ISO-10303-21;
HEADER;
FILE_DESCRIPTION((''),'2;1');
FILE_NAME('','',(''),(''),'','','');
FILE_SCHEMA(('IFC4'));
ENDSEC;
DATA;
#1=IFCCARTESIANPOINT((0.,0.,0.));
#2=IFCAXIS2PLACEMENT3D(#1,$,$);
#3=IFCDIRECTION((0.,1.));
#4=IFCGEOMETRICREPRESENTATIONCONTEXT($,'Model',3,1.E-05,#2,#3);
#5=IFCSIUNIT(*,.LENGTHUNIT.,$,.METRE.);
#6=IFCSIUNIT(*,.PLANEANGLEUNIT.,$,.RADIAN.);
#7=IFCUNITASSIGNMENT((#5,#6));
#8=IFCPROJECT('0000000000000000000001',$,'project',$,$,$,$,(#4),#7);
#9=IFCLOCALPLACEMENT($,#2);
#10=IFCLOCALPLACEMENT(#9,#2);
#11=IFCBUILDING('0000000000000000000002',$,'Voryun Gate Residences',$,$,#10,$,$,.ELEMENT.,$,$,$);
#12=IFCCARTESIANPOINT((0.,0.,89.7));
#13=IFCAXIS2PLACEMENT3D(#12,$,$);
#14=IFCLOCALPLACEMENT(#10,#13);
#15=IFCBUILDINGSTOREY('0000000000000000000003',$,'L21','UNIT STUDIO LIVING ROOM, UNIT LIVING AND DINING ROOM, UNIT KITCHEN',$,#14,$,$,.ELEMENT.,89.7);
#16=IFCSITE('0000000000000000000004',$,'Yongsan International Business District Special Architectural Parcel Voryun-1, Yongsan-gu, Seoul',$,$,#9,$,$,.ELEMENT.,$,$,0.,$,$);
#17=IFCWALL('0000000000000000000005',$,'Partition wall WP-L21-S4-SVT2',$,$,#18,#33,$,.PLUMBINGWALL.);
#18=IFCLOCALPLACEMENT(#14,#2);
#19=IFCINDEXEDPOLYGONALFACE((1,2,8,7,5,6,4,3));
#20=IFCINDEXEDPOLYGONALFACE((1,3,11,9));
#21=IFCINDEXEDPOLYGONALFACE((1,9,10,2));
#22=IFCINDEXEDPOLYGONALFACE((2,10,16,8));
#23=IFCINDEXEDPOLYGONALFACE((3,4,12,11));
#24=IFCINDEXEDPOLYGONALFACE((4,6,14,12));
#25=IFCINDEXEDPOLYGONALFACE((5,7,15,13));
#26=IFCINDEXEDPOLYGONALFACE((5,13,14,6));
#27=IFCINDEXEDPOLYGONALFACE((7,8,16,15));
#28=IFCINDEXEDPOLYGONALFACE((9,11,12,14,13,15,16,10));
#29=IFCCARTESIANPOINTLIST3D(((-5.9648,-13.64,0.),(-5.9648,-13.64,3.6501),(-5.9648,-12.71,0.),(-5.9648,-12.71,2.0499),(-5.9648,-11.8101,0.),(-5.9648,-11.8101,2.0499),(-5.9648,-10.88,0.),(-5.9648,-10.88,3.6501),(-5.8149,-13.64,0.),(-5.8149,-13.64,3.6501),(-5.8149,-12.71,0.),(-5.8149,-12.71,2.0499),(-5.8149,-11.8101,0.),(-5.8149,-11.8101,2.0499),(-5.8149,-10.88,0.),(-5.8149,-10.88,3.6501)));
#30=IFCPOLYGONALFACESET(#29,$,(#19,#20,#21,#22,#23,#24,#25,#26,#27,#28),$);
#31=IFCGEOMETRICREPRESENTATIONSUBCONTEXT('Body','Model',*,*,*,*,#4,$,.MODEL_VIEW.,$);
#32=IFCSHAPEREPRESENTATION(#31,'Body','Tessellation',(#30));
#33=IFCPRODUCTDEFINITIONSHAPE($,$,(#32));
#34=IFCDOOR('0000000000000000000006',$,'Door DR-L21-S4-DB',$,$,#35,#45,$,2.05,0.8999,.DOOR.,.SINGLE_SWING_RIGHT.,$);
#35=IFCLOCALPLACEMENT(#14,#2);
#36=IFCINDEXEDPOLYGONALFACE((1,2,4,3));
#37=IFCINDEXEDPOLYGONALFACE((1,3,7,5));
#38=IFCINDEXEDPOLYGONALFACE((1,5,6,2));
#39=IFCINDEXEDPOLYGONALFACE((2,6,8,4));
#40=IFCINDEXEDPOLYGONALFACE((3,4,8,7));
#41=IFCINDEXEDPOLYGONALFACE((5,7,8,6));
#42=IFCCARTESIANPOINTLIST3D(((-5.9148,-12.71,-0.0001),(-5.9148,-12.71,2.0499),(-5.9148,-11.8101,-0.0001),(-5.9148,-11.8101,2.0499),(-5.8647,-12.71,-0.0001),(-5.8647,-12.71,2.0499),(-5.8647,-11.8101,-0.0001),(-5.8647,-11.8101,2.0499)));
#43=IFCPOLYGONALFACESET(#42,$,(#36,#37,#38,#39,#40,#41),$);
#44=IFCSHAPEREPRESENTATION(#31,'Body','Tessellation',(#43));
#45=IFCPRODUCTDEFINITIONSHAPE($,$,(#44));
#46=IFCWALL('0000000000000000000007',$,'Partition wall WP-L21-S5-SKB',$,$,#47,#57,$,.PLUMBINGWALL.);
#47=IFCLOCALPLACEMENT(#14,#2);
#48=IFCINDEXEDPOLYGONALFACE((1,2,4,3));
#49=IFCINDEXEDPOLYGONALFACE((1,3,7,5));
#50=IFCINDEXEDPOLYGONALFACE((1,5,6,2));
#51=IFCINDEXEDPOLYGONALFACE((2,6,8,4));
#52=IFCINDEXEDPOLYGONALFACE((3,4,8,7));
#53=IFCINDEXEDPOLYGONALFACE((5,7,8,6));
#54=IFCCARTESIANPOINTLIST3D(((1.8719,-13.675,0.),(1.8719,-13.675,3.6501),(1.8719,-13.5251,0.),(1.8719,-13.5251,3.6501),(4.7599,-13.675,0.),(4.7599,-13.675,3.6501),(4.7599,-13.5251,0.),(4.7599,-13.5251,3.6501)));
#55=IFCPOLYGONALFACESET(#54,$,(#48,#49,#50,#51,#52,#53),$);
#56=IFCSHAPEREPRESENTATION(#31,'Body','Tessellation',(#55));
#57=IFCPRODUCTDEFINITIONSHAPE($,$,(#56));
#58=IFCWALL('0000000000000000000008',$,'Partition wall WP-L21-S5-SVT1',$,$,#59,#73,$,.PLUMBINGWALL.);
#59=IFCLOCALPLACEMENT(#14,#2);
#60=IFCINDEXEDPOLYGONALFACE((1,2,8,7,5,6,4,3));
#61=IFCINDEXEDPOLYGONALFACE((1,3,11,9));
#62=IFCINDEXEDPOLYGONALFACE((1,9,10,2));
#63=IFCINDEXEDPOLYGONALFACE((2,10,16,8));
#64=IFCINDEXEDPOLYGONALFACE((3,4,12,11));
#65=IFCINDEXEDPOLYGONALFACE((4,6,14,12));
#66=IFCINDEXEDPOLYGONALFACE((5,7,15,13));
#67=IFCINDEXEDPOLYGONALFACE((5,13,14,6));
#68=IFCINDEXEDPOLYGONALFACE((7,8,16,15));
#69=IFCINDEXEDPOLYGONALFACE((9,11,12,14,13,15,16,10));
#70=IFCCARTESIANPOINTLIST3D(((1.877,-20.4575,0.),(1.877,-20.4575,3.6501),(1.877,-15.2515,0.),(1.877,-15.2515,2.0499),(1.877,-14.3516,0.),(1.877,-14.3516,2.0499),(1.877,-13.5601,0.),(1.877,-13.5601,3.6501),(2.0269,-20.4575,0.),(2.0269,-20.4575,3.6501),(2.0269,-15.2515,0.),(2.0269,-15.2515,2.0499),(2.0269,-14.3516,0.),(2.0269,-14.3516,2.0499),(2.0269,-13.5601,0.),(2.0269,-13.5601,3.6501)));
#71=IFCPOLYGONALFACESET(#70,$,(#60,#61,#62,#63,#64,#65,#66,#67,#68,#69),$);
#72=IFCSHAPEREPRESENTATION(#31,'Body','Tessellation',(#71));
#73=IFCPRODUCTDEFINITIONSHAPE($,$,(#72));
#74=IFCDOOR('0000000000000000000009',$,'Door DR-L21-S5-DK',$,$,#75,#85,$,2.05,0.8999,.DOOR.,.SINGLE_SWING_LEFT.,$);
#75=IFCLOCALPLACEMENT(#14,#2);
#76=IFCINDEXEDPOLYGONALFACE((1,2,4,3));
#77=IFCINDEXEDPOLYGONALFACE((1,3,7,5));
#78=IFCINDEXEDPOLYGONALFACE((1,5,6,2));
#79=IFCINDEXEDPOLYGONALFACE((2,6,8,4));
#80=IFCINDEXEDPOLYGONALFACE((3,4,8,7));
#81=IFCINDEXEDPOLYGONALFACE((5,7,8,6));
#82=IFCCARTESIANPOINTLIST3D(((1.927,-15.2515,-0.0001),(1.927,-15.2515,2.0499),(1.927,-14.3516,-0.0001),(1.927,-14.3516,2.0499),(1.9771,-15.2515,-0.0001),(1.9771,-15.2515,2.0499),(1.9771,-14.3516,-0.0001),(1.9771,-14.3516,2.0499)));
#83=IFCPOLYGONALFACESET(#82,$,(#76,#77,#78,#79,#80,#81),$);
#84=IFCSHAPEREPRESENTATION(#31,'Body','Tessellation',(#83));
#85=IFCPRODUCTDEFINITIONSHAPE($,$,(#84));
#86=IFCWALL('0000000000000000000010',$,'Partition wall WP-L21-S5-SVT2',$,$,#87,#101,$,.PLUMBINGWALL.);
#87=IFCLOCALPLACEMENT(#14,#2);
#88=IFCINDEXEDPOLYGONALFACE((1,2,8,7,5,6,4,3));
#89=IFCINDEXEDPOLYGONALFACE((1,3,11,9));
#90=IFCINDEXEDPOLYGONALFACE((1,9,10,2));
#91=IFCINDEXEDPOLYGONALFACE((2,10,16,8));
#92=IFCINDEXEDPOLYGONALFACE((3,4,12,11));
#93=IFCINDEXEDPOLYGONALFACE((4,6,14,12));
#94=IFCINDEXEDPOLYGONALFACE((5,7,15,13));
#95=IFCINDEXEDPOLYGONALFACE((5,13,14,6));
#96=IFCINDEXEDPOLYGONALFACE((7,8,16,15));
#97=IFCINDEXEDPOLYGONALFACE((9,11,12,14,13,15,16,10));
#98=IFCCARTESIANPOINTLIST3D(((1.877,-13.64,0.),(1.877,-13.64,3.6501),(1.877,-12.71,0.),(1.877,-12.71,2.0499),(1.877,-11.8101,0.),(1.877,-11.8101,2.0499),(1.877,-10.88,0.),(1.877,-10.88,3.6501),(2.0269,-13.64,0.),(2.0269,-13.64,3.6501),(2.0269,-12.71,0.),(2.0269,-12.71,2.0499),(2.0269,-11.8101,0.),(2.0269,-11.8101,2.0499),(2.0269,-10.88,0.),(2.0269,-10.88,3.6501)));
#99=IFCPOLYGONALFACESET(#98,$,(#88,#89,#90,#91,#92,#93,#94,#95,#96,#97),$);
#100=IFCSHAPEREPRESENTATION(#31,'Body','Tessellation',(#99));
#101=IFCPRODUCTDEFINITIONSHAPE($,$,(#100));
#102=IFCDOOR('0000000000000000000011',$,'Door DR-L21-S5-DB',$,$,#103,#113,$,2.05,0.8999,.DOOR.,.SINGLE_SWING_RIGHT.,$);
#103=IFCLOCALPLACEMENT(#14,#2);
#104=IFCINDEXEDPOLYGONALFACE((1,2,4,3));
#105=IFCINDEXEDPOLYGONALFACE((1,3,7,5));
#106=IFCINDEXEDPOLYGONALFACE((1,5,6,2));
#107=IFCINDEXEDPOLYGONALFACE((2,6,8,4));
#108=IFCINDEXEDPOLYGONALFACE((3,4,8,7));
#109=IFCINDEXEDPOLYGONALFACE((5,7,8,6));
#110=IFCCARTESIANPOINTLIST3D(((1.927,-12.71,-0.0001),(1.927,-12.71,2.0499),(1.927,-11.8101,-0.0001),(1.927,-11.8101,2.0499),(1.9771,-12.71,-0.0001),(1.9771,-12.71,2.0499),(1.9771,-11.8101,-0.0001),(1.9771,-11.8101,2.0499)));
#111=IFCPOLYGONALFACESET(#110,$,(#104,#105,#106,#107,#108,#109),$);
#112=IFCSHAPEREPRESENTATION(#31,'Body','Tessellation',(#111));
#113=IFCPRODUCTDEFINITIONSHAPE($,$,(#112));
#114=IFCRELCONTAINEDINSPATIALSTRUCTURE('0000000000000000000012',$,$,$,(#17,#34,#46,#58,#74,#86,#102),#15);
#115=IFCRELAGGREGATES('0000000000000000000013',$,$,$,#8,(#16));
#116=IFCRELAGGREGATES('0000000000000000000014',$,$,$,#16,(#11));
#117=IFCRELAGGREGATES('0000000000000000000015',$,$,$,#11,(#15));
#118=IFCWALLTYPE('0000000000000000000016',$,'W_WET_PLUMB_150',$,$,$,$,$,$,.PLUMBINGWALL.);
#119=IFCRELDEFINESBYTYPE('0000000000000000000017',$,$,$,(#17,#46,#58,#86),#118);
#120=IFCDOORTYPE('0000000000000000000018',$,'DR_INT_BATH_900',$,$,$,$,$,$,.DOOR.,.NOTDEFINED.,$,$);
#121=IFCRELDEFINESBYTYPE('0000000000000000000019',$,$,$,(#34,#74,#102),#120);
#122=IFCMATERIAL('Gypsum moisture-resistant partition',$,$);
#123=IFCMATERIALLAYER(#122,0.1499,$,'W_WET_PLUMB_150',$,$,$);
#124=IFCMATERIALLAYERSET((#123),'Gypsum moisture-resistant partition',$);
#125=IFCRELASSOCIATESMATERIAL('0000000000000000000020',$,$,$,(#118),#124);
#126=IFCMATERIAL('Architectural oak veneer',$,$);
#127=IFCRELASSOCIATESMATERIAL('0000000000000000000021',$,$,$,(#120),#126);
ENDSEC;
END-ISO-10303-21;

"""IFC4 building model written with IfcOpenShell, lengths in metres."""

from ifc_helpers import new_model, si_unit, direction, frame, frame_2d, origin, place, context, subcontext, project, spatial, rectangle, extrude, material, layer, layer_set, type_object, element, fill, save


model = new_model("IFC4")

# Units and contexts
model_context = context("Model", 3, precision=1e-05, world=origin(), true_north=direction((0.0, 1.0)))
body_context = subcontext(model_context, "Body", "Model", "MODEL_VIEW")
ifc_project = project(units=[si_unit("LENGTHUNIT", "METRE"), si_unit("PLANEANGLEUNIT", "RADIAN")], contexts=[model_context])

# Site, building, storey
site_placement = place(None, origin())
site = spatial("IfcSite", under=ifc_project, at=site_placement, Name="Yongsan International Business District Special Architectural Parcel Voryun-1, Yongsan-gu, Seoul", CompositionType="ELEMENT", RefElevation=0.0)
building_placement = place(site_placement, origin())
building = spatial("IfcBuilding", under=site, at=building_placement, Name="Voryun Gate Residences", CompositionType="ELEMENT")
storey_placement = place(building_placement, frame((0.0, 0.0, 89.7)))
storey = spatial("IfcBuildingStorey", under=building, at=storey_placement, Name="L21", Description="UNIT STUDIO LIVING ROOM, UNIT LIVING AND DINING ROOM, UNIT KITCHEN", CompositionType="ELEMENT", Elevation=89.7)

# Shared definitions
ifc_material_1 = material(Name="Gypsum moisture-resistant partition")
ifc_layer_1 = layer(ifc_material_1, 0.1499, Name="W_WET_PLUMB_150")
ifc_layer_set_1 = layer_set([ifc_layer_1], Name="Gypsum moisture-resistant partition")
wall_type_1 = type_object("IfcWallType", Name="W_WET_PLUMB_150", PredefinedType="PLUMBINGWALL", material=ifc_layer_set_1)
ifc_material_2 = material(Name="Architectural oak veneer")
door_type = type_object("IfcDoorType", Name="DR_INT_BATH_900", OperationType="NOTDEFINED", PredefinedType="DOOR", material=ifc_material_2)

# Wall, opening, door
wall_1_placement = place(storey_placement, frame((-5.8899, -13.6399, 0.0), z_axis=(0.0, 0.0, 1.0), x_axis=(0.0, 1.0, 0.0)))
wall_1 = element("IfcWall", 1, at=wall_1_placement, inside=storey, type_object=wall_type_1, Name="Partition wall WP-L21-S4-SVT2", PredefinedType="PLUMBINGWALL", context=body_context, shape_type="SweptSolid", body=[
    extrude(rectangle(XDim=2.76, YDim=0.1499, at=frame_2d((1.3799, 0.0))), origin(), (0.0, 0.0, 1.0), 3.6501),
])
opening_1_placement = place(wall_1_placement, frame((0.9299, 0.0, 0.0)))
opening_1 = element("IfcOpeningElement", 2, at=opening_1_placement, cuts=wall_1, PredefinedType="OPENING", context=body_context, shape_type="SweptSolid", body=[
    extrude(rectangle(XDim=0.8999, YDim=2.05, at=frame_2d((0.45, 1.0249))), frame((0.0, 0.085, 0.0), z_axis=(0.0, -1.0, 0.0), x_axis=(1.0, 0.0, 0.0)), (0.0, 0.0, 1.0), 0.1699),
])
door_1_placement = place(opening_1_placement, origin())
door_1 = element("IfcDoor", 3, at=door_1_placement, inside=storey, type_object=door_type, Name="Door DR-L21-S4-DB", OperationType="SINGLE_SWING_RIGHT", OverallHeight=2.05, OverallWidth=0.8999, PredefinedType="DOOR", context=body_context, shape_type="SweptSolid", body=[
    extrude(rectangle(XDim=0.8999, YDim=2.05, at=frame_2d((0.45, 1.0249))), frame((0.0, 0.0249, 0.0), z_axis=(0.0, -1.0, 0.0), x_axis=(1.0, 0.0, 0.0)), (0.0, 0.0, 1.0), 0.05),
])
fill(opening_1, door_1)

# Wall
wall_2_placement = place(storey_placement, frame((1.8721, -13.6001, 0.0), z_axis=(0.0, 0.0, 1.0), x_axis=(1.0, 0.0, 0.0)))
element("IfcWall", 4, at=wall_2_placement, inside=storey, type_object=wall_type_1, Name="Partition wall WP-L21-S5-SKB", PredefinedType="PLUMBINGWALL", context=body_context, shape_type="SweptSolid", body=[
    extrude(rectangle(XDim=2.8879, YDim=0.1499, at=frame_2d((1.4438, 0.0))), origin(), (0.0, 0.0, 1.0), 3.6501),
])

# Walls, openings, doors
wall_3_placement = place(storey_placement, frame((1.9519, -20.4575, 0.0), z_axis=(0.0, 0.0, 1.0), x_axis=(0.0, 1.0, 0.0)))
wall_3 = element("IfcWall", 5, at=wall_3_placement, inside=storey, type_object=wall_type_1, Name="Partition wall WP-L21-S5-SVT1", PredefinedType="PLUMBINGWALL", context=body_context, shape_type="SweptSolid", body=[
    extrude(rectangle(XDim=6.8975, YDim=0.1499, at=frame_2d((3.4487, 0.0))), origin(), (0.0, 0.0, 1.0), 3.6501),
])
opening_2_placement = place(wall_3_placement, frame((5.2061, 0.0, 0.0)))
opening_2 = element("IfcOpeningElement", 6, at=opening_2_placement, cuts=wall_3, PredefinedType="OPENING", context=body_context, shape_type="SweptSolid", body=[
    extrude(rectangle(XDim=0.8999, YDim=2.05, at=frame_2d((0.45, 1.0249))), frame((0.0, 0.085, 0.0), z_axis=(0.0, -1.0, 0.0), x_axis=(1.0, 0.0, 0.0)), (0.0, 0.0, 1.0), 0.1699),
])
door_2_placement = place(opening_2_placement, origin())
door_2 = element("IfcDoor", 7, at=door_2_placement, inside=storey, type_object=door_type, Name="Door DR-L21-S5-DK", OperationType="SINGLE_SWING_LEFT", OverallHeight=2.05, OverallWidth=0.8999, PredefinedType="DOOR", context=body_context, shape_type="SweptSolid", body=[
    extrude(rectangle(XDim=0.8999, YDim=2.05, at=frame_2d((0.45, 1.0249))), frame((0.0, 0.0249, 0.0), z_axis=(0.0, -1.0, 0.0), x_axis=(1.0, 0.0, 0.0)), (0.0, 0.0, 1.0), 0.05),
])
fill(opening_2, door_2)
wall_4_placement = place(storey_placement, frame((1.9519, -13.6399, 0.0), z_axis=(0.0, 0.0, 1.0), x_axis=(0.0, 1.0, 0.0)))
wall_4 = element("IfcWall", 8, at=wall_4_placement, inside=storey, type_object=wall_type_1, Name="Partition wall WP-L21-S5-SVT2", PredefinedType="PLUMBINGWALL", context=body_context, shape_type="SweptSolid", body=[
    extrude(rectangle(XDim=2.76, YDim=0.1499, at=frame_2d((1.3799, 0.0))), origin(), (0.0, 0.0, 1.0), 3.6501),
])
opening_3_placement = place(wall_4_placement, frame((0.9299, 0.0, 0.0)))
opening_3 = element("IfcOpeningElement", 9, at=opening_3_placement, cuts=wall_4, PredefinedType="OPENING", context=body_context, shape_type="SweptSolid", body=[
    extrude(rectangle(XDim=0.8999, YDim=2.05, at=frame_2d((0.45, 1.0249))), frame((0.0, 0.085, 0.0), z_axis=(0.0, -1.0, 0.0), x_axis=(1.0, 0.0, 0.0)), (0.0, 0.0, 1.0), 0.1699),
])
door_3_placement = place(opening_3_placement, origin())
door_3 = element("IfcDoor", 10, at=door_3_placement, inside=storey, type_object=door_type, Name="Door DR-L21-S5-DB", OperationType="SINGLE_SWING_RIGHT", OverallHeight=2.05, OverallWidth=0.8999, PredefinedType="DOOR", context=body_context, shape_type="SweptSolid", body=[
    extrude(rectangle(XDim=0.8999, YDim=2.05, at=frame_2d((0.45, 1.0249))), frame((0.0, 0.0249, 0.0), z_axis=(0.0, -1.0, 0.0), x_axis=(1.0, 0.0, 0.0)), (0.0, 0.0, 1.0), 0.05),
])
fill(opening_3, door_3)

save(model, "model.ifc")
